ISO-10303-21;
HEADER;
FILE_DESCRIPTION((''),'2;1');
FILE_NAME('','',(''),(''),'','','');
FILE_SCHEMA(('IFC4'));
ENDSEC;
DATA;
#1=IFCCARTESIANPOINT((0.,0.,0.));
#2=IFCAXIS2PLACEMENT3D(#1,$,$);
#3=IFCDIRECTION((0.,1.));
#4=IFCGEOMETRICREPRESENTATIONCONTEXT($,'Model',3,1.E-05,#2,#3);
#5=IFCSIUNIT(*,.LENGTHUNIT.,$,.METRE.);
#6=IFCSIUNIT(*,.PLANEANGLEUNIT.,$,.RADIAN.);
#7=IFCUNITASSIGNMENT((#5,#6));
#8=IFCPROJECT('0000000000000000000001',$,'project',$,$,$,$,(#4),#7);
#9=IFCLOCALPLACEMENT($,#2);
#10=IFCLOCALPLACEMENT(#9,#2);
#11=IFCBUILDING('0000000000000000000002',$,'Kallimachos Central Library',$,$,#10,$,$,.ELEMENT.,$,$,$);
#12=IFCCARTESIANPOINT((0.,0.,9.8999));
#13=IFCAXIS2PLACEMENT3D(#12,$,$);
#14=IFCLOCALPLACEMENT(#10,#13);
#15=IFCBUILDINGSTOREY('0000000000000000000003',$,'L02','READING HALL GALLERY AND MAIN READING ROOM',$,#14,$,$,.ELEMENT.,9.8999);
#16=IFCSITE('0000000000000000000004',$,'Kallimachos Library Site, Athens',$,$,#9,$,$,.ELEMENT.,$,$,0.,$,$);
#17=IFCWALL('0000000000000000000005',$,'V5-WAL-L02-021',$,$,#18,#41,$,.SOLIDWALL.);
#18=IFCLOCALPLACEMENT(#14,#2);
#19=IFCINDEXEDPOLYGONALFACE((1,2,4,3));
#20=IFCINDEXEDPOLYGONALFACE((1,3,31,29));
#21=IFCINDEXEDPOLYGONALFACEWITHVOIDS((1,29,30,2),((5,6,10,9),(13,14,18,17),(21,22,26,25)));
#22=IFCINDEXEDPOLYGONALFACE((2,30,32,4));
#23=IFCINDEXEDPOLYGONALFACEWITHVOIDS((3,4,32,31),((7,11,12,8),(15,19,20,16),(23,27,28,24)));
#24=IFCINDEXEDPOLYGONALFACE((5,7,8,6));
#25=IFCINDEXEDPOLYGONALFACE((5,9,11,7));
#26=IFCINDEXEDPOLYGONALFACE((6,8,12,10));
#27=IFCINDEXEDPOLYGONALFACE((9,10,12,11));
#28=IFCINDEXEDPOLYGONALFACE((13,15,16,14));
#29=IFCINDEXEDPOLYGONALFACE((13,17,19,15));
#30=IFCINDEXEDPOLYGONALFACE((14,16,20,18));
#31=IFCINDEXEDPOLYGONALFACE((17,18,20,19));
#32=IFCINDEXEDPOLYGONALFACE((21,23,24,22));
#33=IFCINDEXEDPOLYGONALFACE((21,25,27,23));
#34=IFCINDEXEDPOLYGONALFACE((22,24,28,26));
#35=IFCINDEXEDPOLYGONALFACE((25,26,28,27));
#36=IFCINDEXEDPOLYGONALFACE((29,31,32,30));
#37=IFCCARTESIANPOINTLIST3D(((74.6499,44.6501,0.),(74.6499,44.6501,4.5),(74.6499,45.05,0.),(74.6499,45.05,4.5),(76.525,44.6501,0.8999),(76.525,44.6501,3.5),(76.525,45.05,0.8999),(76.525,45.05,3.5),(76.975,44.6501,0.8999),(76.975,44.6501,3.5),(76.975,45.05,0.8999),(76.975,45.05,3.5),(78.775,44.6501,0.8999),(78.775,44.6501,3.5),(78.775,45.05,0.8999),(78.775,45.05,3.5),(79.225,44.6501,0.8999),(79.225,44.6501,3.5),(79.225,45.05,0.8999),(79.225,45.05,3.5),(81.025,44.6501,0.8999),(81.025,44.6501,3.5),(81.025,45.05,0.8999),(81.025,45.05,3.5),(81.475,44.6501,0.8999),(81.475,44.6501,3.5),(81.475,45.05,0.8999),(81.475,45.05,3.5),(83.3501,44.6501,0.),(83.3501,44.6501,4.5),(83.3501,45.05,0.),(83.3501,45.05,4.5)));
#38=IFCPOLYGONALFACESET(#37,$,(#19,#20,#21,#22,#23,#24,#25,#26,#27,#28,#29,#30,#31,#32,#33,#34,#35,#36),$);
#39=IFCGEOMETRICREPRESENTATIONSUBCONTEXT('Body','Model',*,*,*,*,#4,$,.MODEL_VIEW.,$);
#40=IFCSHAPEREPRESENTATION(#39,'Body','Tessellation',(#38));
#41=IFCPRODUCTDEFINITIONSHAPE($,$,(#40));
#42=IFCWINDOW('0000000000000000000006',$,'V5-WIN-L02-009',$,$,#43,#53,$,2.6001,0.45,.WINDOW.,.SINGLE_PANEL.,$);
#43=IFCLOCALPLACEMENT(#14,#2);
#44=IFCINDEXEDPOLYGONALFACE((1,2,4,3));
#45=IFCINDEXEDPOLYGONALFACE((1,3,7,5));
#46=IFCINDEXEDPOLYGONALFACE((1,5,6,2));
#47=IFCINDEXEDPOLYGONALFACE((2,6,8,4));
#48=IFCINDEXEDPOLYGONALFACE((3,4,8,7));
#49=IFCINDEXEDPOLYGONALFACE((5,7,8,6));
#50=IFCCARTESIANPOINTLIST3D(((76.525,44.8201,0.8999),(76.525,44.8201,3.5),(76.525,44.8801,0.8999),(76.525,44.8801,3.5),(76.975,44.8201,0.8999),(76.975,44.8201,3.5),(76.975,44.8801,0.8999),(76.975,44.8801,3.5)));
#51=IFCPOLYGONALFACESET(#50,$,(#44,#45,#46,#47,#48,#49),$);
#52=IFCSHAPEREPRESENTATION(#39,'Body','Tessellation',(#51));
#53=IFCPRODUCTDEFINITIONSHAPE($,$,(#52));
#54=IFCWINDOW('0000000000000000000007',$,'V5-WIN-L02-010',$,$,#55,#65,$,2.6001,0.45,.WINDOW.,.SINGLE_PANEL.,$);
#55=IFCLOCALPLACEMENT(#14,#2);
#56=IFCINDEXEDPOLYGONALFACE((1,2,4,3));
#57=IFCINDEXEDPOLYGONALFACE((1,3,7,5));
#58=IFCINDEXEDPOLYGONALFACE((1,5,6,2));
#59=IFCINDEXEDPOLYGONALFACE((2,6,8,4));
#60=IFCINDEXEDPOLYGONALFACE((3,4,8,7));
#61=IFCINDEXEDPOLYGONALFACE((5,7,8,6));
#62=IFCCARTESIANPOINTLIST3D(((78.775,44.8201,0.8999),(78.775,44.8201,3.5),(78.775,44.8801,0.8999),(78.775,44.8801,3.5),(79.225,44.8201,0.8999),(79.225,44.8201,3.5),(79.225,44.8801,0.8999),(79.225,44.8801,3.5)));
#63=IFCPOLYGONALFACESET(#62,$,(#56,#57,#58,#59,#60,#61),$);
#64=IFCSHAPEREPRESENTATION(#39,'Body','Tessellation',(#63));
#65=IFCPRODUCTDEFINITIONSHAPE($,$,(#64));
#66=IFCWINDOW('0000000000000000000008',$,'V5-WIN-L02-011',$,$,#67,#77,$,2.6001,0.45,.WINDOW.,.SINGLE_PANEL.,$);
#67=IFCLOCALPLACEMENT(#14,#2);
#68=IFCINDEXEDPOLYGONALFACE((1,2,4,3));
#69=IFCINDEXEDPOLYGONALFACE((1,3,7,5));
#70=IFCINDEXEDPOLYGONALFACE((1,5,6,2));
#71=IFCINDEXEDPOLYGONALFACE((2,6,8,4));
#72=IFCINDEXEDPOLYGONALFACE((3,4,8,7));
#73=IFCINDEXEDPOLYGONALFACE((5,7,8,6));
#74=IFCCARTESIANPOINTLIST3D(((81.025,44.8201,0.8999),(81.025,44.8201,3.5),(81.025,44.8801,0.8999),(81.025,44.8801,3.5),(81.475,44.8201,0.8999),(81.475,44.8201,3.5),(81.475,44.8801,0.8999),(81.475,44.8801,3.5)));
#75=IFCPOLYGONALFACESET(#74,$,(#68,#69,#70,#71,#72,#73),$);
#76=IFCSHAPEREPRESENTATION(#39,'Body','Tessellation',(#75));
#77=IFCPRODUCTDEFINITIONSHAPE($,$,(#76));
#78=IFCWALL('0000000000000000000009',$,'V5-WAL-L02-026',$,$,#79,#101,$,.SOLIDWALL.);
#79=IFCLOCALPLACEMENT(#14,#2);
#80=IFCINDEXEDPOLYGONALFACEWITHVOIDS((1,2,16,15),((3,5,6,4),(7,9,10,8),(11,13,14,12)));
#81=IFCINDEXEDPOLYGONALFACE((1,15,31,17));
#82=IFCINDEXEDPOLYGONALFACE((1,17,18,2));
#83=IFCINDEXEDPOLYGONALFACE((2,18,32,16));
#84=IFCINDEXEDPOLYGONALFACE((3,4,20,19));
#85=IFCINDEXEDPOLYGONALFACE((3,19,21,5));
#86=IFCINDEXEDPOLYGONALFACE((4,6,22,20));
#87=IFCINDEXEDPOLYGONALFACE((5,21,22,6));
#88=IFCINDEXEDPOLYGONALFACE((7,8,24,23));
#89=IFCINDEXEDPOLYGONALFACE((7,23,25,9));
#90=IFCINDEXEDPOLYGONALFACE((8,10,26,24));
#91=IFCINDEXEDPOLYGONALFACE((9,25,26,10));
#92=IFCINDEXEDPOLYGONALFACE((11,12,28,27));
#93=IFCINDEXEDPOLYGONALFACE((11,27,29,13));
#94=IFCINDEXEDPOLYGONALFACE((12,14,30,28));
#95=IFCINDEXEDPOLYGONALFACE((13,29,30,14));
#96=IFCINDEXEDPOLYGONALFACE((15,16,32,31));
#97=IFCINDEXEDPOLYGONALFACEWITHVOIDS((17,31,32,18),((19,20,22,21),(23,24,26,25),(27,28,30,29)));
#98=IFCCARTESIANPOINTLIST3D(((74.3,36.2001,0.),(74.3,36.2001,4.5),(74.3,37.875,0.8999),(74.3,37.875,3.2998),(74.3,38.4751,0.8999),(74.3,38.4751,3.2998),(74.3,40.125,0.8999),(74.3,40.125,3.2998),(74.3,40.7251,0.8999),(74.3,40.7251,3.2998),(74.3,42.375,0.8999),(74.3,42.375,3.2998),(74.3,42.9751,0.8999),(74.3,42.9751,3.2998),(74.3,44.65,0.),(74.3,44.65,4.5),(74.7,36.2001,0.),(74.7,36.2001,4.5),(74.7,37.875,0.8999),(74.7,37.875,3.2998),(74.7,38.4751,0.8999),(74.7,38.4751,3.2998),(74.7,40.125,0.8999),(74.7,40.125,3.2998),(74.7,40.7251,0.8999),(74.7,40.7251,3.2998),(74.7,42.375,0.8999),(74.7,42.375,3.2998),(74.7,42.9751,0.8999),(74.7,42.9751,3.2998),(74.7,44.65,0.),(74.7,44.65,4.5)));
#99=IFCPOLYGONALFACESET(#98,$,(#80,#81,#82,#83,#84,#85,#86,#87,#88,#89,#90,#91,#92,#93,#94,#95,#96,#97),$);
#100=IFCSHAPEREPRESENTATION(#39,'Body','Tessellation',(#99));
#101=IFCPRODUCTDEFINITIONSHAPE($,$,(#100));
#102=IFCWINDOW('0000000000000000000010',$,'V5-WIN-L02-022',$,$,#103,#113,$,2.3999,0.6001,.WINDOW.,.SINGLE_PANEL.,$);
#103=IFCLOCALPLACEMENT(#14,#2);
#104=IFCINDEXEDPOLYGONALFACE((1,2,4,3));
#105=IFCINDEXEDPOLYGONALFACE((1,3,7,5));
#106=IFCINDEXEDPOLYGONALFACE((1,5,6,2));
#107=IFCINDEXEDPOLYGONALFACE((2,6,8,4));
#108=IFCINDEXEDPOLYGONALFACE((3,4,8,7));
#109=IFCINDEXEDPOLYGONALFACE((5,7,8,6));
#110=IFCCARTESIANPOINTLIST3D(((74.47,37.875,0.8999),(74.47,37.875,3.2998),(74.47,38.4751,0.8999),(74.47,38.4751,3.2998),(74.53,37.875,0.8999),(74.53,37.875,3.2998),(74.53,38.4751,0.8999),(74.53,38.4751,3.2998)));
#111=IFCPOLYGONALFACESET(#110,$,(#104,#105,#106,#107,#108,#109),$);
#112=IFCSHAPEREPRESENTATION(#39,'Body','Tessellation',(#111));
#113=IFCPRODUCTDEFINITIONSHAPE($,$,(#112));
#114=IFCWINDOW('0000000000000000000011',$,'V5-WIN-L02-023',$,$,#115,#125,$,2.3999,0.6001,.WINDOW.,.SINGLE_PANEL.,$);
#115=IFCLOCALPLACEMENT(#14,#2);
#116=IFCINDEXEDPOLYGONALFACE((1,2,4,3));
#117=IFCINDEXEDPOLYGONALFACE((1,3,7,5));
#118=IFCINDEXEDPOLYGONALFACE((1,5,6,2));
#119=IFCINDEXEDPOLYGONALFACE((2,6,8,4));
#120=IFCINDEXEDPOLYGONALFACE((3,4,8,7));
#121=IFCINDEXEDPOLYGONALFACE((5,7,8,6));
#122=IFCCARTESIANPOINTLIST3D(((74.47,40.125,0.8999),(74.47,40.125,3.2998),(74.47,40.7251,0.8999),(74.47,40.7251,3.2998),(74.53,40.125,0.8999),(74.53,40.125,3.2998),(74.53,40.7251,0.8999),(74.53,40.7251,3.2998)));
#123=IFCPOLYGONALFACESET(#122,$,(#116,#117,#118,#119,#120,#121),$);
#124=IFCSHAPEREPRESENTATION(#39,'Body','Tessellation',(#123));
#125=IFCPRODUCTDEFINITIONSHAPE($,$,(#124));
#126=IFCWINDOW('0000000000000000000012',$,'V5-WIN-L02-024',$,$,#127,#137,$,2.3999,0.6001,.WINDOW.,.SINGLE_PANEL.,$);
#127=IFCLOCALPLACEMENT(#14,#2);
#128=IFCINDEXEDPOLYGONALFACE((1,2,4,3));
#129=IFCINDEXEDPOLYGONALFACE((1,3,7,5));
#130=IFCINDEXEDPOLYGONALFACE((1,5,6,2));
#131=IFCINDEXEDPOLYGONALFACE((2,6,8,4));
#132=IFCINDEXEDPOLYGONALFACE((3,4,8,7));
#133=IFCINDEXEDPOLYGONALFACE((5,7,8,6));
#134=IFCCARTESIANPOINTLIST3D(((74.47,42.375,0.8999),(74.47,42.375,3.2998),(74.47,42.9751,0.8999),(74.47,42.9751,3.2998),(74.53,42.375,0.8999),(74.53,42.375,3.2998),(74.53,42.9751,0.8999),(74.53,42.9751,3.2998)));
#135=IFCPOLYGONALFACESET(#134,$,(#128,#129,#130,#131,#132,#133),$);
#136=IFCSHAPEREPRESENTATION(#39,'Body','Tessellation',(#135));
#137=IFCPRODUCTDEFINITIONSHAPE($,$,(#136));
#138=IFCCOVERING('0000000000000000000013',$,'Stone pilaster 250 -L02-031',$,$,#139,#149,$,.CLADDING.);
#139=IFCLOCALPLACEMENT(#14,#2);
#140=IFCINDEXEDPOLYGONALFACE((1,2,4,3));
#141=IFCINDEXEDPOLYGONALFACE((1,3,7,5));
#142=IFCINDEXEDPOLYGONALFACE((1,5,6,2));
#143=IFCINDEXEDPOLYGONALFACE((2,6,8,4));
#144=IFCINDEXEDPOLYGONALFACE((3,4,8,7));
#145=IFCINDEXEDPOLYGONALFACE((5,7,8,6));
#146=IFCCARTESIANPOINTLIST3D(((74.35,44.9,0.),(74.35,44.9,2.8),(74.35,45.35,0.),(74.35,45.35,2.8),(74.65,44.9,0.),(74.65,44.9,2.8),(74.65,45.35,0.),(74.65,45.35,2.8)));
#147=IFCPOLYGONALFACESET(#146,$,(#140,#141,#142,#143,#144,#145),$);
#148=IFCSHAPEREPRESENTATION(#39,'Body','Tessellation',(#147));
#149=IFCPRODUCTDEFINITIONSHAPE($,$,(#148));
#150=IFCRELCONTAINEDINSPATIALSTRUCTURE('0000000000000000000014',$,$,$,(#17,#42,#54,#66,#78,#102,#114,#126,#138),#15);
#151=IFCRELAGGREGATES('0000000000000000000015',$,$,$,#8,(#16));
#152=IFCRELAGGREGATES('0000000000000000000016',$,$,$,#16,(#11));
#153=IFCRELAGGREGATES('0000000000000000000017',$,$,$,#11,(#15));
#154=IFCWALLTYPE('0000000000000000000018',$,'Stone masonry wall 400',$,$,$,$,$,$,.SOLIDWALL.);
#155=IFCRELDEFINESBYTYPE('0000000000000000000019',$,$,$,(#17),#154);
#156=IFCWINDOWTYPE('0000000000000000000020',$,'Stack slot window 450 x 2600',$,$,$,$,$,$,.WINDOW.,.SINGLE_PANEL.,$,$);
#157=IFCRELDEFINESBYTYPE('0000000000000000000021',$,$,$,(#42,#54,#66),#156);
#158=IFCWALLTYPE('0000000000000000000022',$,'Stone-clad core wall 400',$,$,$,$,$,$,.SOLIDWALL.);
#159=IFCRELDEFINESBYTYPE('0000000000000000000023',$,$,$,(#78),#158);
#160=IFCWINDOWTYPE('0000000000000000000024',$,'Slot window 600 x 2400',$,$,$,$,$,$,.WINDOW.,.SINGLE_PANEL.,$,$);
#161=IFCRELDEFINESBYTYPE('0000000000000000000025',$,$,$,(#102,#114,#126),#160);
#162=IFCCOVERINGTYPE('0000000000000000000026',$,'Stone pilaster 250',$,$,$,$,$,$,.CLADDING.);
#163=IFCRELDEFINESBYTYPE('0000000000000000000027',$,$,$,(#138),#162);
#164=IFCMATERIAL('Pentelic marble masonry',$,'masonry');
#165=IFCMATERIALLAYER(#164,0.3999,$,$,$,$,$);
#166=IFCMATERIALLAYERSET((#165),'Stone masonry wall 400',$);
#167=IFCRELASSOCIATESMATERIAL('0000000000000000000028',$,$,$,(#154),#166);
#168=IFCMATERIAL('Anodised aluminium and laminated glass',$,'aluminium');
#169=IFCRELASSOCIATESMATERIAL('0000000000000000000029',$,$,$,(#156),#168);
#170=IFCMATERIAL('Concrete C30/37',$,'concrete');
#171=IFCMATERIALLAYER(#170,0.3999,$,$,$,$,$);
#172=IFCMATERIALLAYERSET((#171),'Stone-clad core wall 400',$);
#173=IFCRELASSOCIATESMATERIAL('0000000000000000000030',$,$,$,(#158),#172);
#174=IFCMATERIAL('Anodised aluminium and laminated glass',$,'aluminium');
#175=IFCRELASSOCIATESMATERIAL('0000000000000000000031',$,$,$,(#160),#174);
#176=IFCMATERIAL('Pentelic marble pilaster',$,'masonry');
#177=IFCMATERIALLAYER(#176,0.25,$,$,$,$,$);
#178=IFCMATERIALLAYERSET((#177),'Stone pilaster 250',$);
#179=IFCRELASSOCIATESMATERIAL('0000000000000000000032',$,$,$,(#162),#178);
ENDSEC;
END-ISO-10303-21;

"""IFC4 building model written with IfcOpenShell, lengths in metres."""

from ifc_helpers import new_model, si_unit, direction, frame, frame_2d, origin, origin_2d, place, context, subcontext, project, spatial, rectangle, extrude, material, layer, layer_set, type_object, element, fill, save


model = new_model("IFC4")

# Units and contexts
model_context = context("Model", 3, precision=1e-05, world=origin(), true_north=direction((0.0, 1.0)))
body_context = subcontext(model_context, "Body", "Model", "MODEL_VIEW")
ifc_project = project(units=[si_unit("LENGTHUNIT", "METRE"), si_unit("PLANEANGLEUNIT", "RADIAN")], contexts=[model_context])

# Site, building, storey
site_placement = place(None, origin())
site = spatial("IfcSite", under=ifc_project, at=site_placement, Name="Kallimachos Library Site, Athens", CompositionType="ELEMENT", RefElevation=0.0)
building_placement = place(site_placement, origin())
building = spatial("IfcBuilding", under=site, at=building_placement, Name="Kallimachos Central Library", CompositionType="ELEMENT")
storey_placement = place(building_placement, frame((0.0, 0.0, 9.8999)))
storey = spatial("IfcBuildingStorey", under=building, at=storey_placement, Name="L02", Description="READING HALL GALLERY AND MAIN READING ROOM", CompositionType="ELEMENT", Elevation=9.8999)

# Walls, openings, windows
ifc_material_1 = material(Name="Pentelic marble masonry", Category="masonry")
ifc_layer_1 = layer(ifc_material_1, 0.3999)
ifc_layer_set_1 = layer_set([ifc_layer_1], Name="Stone masonry wall 400")
wall_type_1 = type_object("IfcWallType", Name="Stone masonry wall 400", PredefinedType="SOLIDWALL", material=ifc_layer_set_1)
wall_1_placement = place(storey_placement, frame((74.6499, 44.8501, 0.0), z_axis=(0.0, 0.0, 1.0), x_axis=(1.0, 0.0, 0.0)))
wall_1 = element("IfcWall", 1, at=wall_1_placement, inside=storey, type_object=wall_type_1, Name="V5-WAL-L02-021", PredefinedType="SOLIDWALL", context=body_context, shape_type="SweptSolid", body=[
    extrude(rectangle(XDim=8.7002, YDim=0.3999, at=frame_2d((4.3501, 0.0))), origin(), (0.0, 0.0, 1.0), 4.5),
])
opening_1_placement = place(wall_1_placement, frame((1.875, 0.0, 0.8999)))
opening_1 = element("IfcOpeningElement", 2, at=opening_1_placement, cuts=wall_1, PredefinedType="OPENING", context=body_context, shape_type="SweptSolid", body=[
    extrude(rectangle(XDim=0.45, YDim=2.6001, at=frame_2d((0.2251, 1.3))), frame((0.0, 0.21, 0.0), z_axis=(0.0, -1.0, 0.0), x_axis=(1.0, 0.0, 0.0)), (0.0, 0.0, 1.0), 0.4199),
])
opening_2_placement = place(wall_1_placement, frame((4.125, 0.0, 0.8999)))
opening_2 = element("IfcOpeningElement", 3, at=opening_2_placement, cuts=wall_1, PredefinedType="OPENING", context=body_context, shape_type="SweptSolid", body=[
    extrude(rectangle(XDim=0.45, YDim=2.6001, at=frame_2d((0.2251, 1.3))), frame((0.0, 0.21, 0.0), z_axis=(0.0, -1.0, 0.0), x_axis=(1.0, 0.0, 0.0)), (0.0, 0.0, 1.0), 0.4199),
])
opening_3_placement = place(wall_1_placement, frame((6.375, 0.0, 0.8999)))
opening_3 = element("IfcOpeningElement", 4, at=opening_3_placement, cuts=wall_1, PredefinedType="OPENING", context=body_context, shape_type="SweptSolid", body=[
    extrude(rectangle(XDim=0.45, YDim=2.6001, at=frame_2d((0.2251, 1.3))), frame((0.0, 0.21, 0.0), z_axis=(0.0, -1.0, 0.0), x_axis=(1.0, 0.0, 0.0)), (0.0, 0.0, 1.0), 0.4199),
])
ifc_material_2 = material(Name="Anodised aluminium and laminated glass", Category="aluminium")
window_type_1 = type_object("IfcWindowType", Name="Stack slot window 450 x 2600", PartitioningType="SINGLE_PANEL", PredefinedType="WINDOW", material=ifc_material_2)
window_1_placement = place(opening_1_placement, origin())
window_1 = element("IfcWindow", 5, at=window_1_placement, inside=storey, type_object=window_type_1, Name="V5-WIN-L02-009", OverallHeight=2.6001, OverallWidth=0.45, PartitioningType="SINGLE_PANEL", PredefinedType="WINDOW", context=body_context, shape_type="SweptSolid", body=[
    extrude(rectangle(XDim=0.45, YDim=2.6001, at=frame_2d((0.2251, 1.3))), frame((0.0, 0.03, 0.0), z_axis=(0.0, -1.0, 0.0), x_axis=(1.0, 0.0, 0.0)), (0.0, 0.0, 1.0), 0.0601),
])
fill(opening_1, window_1)
window_2_placement = place(opening_2_placement, origin())
window_2 = element("IfcWindow", 6, at=window_2_placement, inside=storey, type_object=window_type_1, Name="V5-WIN-L02-010", OverallHeight=2.6001, OverallWidth=0.45, PartitioningType="SINGLE_PANEL", PredefinedType="WINDOW", context=body_context, shape_type="SweptSolid", body=[
    extrude(rectangle(XDim=0.45, YDim=2.6001, at=frame_2d((0.2251, 1.3))), frame((0.0, 0.03, 0.0), z_axis=(0.0, -1.0, 0.0), x_axis=(1.0, 0.0, 0.0)), (0.0, 0.0, 1.0), 0.0601),
])
fill(opening_2, window_2)
window_3_placement = place(opening_3_placement, origin())
window_3 = element("IfcWindow", 7, at=window_3_placement, inside=storey, type_object=window_type_1, Name="V5-WIN-L02-011", OverallHeight=2.6001, OverallWidth=0.45, PartitioningType="SINGLE_PANEL", PredefinedType="WINDOW", context=body_context, shape_type="SweptSolid", body=[
    extrude(rectangle(XDim=0.45, YDim=2.6001, at=frame_2d((0.2251, 1.3))), frame((0.0, 0.03, 0.0), z_axis=(0.0, -1.0, 0.0), x_axis=(1.0, 0.0, 0.0)), (0.0, 0.0, 1.0), 0.0601),
])
fill(opening_3, window_3)
ifc_material_3 = material(Name="Concrete C30/37", Category="concrete")
ifc_layer_2 = layer(ifc_material_3, 0.3999)
ifc_layer_set_2 = layer_set([ifc_layer_2], Name="Stone-clad core wall 400")
wall_type_2 = type_object("IfcWallType", Name="Stone-clad core wall 400", PredefinedType="SOLIDWALL", material=ifc_layer_set_2)
wall_2_placement = place(storey_placement, frame((74.5, 36.2, 0.0), z_axis=(0.0, 0.0, 1.0), x_axis=(0.0, 1.0, 0.0)))
wall_2 = element("IfcWall", 8, at=wall_2_placement, inside=storey, type_object=wall_type_2, Name="V5-WAL-L02-026", PredefinedType="SOLIDWALL", context=body_context, shape_type="SweptSolid", body=[
    extrude(rectangle(XDim=8.45, YDim=0.3999, at=frame_2d((4.2251, 0.0))), origin(), (0.0, 0.0, 1.0), 4.5),
])
opening_4_placement = place(wall_2_placement, frame((1.675, 0.0, 0.8999)))
opening_4 = element("IfcOpeningElement", 9, at=opening_4_placement, cuts=wall_2, PredefinedType="OPENING", context=body_context, shape_type="SweptSolid", body=[
    extrude(rectangle(XDim=0.6001, YDim=2.3999, at=frame_2d((0.3, 1.2))), frame((0.0, 0.21, 0.0), z_axis=(0.0, -1.0, 0.0), x_axis=(1.0, 0.0, 0.0)), (0.0, 0.0, 1.0), 0.4199),
])
opening_5_placement = place(wall_2_placement, frame((3.925, 0.0, 0.8999)))
opening_5 = element("IfcOpeningElement", 10, at=opening_5_placement, cuts=wall_2, PredefinedType="OPENING", context=body_context, shape_type="SweptSolid", body=[
    extrude(rectangle(XDim=0.6001, YDim=2.3999, at=frame_2d((0.3, 1.2))), frame((0.0, 0.21, 0.0), z_axis=(0.0, -1.0, 0.0), x_axis=(1.0, 0.0, 0.0)), (0.0, 0.0, 1.0), 0.4199),
])
opening_6_placement = place(wall_2_placement, frame((6.175, 0.0, 0.8999)))
opening_6 = element("IfcOpeningElement", 11, at=opening_6_placement, cuts=wall_2, PredefinedType="OPENING", context=body_context, shape_type="SweptSolid", body=[
    extrude(rectangle(XDim=0.6001, YDim=2.3999, at=frame_2d((0.3, 1.2))), frame((0.0, 0.21, 0.0), z_axis=(0.0, -1.0, 0.0), x_axis=(1.0, 0.0, 0.0)), (0.0, 0.0, 1.0), 0.4199),
])
ifc_material_4 = material(Name="Anodised aluminium and laminated glass", Category="aluminium")
window_type_2 = type_object("IfcWindowType", Name="Slot window 600 x 2400", PartitioningType="SINGLE_PANEL", PredefinedType="WINDOW", material=ifc_material_4)
window_4_placement = place(opening_4_placement, origin())
window_4 = element("IfcWindow", 12, at=window_4_placement, inside=storey, type_object=window_type_2, Name="V5-WIN-L02-022", OverallHeight=2.3999, OverallWidth=0.6001, PartitioningType="SINGLE_PANEL", PredefinedType="WINDOW", context=body_context, shape_type="SweptSolid", body=[
    extrude(rectangle(XDim=0.6001, YDim=2.3999, at=frame_2d((0.3, 1.2))), frame((0.0, 0.03, 0.0), z_axis=(0.0, -1.0, 0.0), x_axis=(1.0, 0.0, 0.0)), (0.0, 0.0, 1.0), 0.0601),
])
fill(opening_4, window_4)
window_5_placement = place(opening_5_placement, origin())
window_5 = element("IfcWindow", 13, at=window_5_placement, inside=storey, type_object=window_type_2, Name="V5-WIN-L02-023", OverallHeight=2.3999, OverallWidth=0.6001, PartitioningType="SINGLE_PANEL", PredefinedType="WINDOW", context=body_context, shape_type="SweptSolid", body=[
    extrude(rectangle(XDim=0.6001, YDim=2.3999, at=frame_2d((0.3, 1.2))), frame((0.0, 0.03, 0.0), z_axis=(0.0, -1.0, 0.0), x_axis=(1.0, 0.0, 0.0)), (0.0, 0.0, 1.0), 0.0601),
])
fill(opening_5, window_5)
window_6_placement = place(opening_6_placement, origin())
window_6 = element("IfcWindow", 14, at=window_6_placement, inside=storey, type_object=window_type_2, Name="V5-WIN-L02-024", OverallHeight=2.3999, OverallWidth=0.6001, PartitioningType="SINGLE_PANEL", PredefinedType="WINDOW", context=body_context, shape_type="SweptSolid", body=[
    extrude(rectangle(XDim=0.6001, YDim=2.3999, at=frame_2d((0.3, 1.2))), frame((0.0, 0.03, 0.0), z_axis=(0.0, -1.0, 0.0), x_axis=(1.0, 0.0, 0.0)), (0.0, 0.0, 1.0), 0.0601),
])
fill(opening_6, window_6)

# Covering
ifc_material_5 = material(Name="Pentelic marble pilaster", Category="masonry")
ifc_layer_3 = layer(ifc_material_5, 0.25)
ifc_layer_set_3 = layer_set([ifc_layer_3], Name="Stone pilaster 250")
covering_type = type_object("IfcCoveringType", Name="Stone pilaster 250", PredefinedType="CLADDING", material=ifc_layer_set_3)
covering_placement = place(storey_placement, frame((74.5, 45.125, 0.0), z_axis=(0.0, 0.0, 1.0), x_axis=(1.0, 0.0, 0.0)))
element("IfcCovering", 15, at=covering_placement, inside=storey, type_object=covering_type, Name="Stone pilaster 250 -L02-031", PredefinedType="CLADDING", context=body_context, shape_type="SweptSolid", body=[
    extrude(rectangle(XDim=0.3, YDim=0.45, at=origin_2d()), origin(), (0.0, 0.0, 1.0), 2.8),
])

save(model, "model.ifc")
